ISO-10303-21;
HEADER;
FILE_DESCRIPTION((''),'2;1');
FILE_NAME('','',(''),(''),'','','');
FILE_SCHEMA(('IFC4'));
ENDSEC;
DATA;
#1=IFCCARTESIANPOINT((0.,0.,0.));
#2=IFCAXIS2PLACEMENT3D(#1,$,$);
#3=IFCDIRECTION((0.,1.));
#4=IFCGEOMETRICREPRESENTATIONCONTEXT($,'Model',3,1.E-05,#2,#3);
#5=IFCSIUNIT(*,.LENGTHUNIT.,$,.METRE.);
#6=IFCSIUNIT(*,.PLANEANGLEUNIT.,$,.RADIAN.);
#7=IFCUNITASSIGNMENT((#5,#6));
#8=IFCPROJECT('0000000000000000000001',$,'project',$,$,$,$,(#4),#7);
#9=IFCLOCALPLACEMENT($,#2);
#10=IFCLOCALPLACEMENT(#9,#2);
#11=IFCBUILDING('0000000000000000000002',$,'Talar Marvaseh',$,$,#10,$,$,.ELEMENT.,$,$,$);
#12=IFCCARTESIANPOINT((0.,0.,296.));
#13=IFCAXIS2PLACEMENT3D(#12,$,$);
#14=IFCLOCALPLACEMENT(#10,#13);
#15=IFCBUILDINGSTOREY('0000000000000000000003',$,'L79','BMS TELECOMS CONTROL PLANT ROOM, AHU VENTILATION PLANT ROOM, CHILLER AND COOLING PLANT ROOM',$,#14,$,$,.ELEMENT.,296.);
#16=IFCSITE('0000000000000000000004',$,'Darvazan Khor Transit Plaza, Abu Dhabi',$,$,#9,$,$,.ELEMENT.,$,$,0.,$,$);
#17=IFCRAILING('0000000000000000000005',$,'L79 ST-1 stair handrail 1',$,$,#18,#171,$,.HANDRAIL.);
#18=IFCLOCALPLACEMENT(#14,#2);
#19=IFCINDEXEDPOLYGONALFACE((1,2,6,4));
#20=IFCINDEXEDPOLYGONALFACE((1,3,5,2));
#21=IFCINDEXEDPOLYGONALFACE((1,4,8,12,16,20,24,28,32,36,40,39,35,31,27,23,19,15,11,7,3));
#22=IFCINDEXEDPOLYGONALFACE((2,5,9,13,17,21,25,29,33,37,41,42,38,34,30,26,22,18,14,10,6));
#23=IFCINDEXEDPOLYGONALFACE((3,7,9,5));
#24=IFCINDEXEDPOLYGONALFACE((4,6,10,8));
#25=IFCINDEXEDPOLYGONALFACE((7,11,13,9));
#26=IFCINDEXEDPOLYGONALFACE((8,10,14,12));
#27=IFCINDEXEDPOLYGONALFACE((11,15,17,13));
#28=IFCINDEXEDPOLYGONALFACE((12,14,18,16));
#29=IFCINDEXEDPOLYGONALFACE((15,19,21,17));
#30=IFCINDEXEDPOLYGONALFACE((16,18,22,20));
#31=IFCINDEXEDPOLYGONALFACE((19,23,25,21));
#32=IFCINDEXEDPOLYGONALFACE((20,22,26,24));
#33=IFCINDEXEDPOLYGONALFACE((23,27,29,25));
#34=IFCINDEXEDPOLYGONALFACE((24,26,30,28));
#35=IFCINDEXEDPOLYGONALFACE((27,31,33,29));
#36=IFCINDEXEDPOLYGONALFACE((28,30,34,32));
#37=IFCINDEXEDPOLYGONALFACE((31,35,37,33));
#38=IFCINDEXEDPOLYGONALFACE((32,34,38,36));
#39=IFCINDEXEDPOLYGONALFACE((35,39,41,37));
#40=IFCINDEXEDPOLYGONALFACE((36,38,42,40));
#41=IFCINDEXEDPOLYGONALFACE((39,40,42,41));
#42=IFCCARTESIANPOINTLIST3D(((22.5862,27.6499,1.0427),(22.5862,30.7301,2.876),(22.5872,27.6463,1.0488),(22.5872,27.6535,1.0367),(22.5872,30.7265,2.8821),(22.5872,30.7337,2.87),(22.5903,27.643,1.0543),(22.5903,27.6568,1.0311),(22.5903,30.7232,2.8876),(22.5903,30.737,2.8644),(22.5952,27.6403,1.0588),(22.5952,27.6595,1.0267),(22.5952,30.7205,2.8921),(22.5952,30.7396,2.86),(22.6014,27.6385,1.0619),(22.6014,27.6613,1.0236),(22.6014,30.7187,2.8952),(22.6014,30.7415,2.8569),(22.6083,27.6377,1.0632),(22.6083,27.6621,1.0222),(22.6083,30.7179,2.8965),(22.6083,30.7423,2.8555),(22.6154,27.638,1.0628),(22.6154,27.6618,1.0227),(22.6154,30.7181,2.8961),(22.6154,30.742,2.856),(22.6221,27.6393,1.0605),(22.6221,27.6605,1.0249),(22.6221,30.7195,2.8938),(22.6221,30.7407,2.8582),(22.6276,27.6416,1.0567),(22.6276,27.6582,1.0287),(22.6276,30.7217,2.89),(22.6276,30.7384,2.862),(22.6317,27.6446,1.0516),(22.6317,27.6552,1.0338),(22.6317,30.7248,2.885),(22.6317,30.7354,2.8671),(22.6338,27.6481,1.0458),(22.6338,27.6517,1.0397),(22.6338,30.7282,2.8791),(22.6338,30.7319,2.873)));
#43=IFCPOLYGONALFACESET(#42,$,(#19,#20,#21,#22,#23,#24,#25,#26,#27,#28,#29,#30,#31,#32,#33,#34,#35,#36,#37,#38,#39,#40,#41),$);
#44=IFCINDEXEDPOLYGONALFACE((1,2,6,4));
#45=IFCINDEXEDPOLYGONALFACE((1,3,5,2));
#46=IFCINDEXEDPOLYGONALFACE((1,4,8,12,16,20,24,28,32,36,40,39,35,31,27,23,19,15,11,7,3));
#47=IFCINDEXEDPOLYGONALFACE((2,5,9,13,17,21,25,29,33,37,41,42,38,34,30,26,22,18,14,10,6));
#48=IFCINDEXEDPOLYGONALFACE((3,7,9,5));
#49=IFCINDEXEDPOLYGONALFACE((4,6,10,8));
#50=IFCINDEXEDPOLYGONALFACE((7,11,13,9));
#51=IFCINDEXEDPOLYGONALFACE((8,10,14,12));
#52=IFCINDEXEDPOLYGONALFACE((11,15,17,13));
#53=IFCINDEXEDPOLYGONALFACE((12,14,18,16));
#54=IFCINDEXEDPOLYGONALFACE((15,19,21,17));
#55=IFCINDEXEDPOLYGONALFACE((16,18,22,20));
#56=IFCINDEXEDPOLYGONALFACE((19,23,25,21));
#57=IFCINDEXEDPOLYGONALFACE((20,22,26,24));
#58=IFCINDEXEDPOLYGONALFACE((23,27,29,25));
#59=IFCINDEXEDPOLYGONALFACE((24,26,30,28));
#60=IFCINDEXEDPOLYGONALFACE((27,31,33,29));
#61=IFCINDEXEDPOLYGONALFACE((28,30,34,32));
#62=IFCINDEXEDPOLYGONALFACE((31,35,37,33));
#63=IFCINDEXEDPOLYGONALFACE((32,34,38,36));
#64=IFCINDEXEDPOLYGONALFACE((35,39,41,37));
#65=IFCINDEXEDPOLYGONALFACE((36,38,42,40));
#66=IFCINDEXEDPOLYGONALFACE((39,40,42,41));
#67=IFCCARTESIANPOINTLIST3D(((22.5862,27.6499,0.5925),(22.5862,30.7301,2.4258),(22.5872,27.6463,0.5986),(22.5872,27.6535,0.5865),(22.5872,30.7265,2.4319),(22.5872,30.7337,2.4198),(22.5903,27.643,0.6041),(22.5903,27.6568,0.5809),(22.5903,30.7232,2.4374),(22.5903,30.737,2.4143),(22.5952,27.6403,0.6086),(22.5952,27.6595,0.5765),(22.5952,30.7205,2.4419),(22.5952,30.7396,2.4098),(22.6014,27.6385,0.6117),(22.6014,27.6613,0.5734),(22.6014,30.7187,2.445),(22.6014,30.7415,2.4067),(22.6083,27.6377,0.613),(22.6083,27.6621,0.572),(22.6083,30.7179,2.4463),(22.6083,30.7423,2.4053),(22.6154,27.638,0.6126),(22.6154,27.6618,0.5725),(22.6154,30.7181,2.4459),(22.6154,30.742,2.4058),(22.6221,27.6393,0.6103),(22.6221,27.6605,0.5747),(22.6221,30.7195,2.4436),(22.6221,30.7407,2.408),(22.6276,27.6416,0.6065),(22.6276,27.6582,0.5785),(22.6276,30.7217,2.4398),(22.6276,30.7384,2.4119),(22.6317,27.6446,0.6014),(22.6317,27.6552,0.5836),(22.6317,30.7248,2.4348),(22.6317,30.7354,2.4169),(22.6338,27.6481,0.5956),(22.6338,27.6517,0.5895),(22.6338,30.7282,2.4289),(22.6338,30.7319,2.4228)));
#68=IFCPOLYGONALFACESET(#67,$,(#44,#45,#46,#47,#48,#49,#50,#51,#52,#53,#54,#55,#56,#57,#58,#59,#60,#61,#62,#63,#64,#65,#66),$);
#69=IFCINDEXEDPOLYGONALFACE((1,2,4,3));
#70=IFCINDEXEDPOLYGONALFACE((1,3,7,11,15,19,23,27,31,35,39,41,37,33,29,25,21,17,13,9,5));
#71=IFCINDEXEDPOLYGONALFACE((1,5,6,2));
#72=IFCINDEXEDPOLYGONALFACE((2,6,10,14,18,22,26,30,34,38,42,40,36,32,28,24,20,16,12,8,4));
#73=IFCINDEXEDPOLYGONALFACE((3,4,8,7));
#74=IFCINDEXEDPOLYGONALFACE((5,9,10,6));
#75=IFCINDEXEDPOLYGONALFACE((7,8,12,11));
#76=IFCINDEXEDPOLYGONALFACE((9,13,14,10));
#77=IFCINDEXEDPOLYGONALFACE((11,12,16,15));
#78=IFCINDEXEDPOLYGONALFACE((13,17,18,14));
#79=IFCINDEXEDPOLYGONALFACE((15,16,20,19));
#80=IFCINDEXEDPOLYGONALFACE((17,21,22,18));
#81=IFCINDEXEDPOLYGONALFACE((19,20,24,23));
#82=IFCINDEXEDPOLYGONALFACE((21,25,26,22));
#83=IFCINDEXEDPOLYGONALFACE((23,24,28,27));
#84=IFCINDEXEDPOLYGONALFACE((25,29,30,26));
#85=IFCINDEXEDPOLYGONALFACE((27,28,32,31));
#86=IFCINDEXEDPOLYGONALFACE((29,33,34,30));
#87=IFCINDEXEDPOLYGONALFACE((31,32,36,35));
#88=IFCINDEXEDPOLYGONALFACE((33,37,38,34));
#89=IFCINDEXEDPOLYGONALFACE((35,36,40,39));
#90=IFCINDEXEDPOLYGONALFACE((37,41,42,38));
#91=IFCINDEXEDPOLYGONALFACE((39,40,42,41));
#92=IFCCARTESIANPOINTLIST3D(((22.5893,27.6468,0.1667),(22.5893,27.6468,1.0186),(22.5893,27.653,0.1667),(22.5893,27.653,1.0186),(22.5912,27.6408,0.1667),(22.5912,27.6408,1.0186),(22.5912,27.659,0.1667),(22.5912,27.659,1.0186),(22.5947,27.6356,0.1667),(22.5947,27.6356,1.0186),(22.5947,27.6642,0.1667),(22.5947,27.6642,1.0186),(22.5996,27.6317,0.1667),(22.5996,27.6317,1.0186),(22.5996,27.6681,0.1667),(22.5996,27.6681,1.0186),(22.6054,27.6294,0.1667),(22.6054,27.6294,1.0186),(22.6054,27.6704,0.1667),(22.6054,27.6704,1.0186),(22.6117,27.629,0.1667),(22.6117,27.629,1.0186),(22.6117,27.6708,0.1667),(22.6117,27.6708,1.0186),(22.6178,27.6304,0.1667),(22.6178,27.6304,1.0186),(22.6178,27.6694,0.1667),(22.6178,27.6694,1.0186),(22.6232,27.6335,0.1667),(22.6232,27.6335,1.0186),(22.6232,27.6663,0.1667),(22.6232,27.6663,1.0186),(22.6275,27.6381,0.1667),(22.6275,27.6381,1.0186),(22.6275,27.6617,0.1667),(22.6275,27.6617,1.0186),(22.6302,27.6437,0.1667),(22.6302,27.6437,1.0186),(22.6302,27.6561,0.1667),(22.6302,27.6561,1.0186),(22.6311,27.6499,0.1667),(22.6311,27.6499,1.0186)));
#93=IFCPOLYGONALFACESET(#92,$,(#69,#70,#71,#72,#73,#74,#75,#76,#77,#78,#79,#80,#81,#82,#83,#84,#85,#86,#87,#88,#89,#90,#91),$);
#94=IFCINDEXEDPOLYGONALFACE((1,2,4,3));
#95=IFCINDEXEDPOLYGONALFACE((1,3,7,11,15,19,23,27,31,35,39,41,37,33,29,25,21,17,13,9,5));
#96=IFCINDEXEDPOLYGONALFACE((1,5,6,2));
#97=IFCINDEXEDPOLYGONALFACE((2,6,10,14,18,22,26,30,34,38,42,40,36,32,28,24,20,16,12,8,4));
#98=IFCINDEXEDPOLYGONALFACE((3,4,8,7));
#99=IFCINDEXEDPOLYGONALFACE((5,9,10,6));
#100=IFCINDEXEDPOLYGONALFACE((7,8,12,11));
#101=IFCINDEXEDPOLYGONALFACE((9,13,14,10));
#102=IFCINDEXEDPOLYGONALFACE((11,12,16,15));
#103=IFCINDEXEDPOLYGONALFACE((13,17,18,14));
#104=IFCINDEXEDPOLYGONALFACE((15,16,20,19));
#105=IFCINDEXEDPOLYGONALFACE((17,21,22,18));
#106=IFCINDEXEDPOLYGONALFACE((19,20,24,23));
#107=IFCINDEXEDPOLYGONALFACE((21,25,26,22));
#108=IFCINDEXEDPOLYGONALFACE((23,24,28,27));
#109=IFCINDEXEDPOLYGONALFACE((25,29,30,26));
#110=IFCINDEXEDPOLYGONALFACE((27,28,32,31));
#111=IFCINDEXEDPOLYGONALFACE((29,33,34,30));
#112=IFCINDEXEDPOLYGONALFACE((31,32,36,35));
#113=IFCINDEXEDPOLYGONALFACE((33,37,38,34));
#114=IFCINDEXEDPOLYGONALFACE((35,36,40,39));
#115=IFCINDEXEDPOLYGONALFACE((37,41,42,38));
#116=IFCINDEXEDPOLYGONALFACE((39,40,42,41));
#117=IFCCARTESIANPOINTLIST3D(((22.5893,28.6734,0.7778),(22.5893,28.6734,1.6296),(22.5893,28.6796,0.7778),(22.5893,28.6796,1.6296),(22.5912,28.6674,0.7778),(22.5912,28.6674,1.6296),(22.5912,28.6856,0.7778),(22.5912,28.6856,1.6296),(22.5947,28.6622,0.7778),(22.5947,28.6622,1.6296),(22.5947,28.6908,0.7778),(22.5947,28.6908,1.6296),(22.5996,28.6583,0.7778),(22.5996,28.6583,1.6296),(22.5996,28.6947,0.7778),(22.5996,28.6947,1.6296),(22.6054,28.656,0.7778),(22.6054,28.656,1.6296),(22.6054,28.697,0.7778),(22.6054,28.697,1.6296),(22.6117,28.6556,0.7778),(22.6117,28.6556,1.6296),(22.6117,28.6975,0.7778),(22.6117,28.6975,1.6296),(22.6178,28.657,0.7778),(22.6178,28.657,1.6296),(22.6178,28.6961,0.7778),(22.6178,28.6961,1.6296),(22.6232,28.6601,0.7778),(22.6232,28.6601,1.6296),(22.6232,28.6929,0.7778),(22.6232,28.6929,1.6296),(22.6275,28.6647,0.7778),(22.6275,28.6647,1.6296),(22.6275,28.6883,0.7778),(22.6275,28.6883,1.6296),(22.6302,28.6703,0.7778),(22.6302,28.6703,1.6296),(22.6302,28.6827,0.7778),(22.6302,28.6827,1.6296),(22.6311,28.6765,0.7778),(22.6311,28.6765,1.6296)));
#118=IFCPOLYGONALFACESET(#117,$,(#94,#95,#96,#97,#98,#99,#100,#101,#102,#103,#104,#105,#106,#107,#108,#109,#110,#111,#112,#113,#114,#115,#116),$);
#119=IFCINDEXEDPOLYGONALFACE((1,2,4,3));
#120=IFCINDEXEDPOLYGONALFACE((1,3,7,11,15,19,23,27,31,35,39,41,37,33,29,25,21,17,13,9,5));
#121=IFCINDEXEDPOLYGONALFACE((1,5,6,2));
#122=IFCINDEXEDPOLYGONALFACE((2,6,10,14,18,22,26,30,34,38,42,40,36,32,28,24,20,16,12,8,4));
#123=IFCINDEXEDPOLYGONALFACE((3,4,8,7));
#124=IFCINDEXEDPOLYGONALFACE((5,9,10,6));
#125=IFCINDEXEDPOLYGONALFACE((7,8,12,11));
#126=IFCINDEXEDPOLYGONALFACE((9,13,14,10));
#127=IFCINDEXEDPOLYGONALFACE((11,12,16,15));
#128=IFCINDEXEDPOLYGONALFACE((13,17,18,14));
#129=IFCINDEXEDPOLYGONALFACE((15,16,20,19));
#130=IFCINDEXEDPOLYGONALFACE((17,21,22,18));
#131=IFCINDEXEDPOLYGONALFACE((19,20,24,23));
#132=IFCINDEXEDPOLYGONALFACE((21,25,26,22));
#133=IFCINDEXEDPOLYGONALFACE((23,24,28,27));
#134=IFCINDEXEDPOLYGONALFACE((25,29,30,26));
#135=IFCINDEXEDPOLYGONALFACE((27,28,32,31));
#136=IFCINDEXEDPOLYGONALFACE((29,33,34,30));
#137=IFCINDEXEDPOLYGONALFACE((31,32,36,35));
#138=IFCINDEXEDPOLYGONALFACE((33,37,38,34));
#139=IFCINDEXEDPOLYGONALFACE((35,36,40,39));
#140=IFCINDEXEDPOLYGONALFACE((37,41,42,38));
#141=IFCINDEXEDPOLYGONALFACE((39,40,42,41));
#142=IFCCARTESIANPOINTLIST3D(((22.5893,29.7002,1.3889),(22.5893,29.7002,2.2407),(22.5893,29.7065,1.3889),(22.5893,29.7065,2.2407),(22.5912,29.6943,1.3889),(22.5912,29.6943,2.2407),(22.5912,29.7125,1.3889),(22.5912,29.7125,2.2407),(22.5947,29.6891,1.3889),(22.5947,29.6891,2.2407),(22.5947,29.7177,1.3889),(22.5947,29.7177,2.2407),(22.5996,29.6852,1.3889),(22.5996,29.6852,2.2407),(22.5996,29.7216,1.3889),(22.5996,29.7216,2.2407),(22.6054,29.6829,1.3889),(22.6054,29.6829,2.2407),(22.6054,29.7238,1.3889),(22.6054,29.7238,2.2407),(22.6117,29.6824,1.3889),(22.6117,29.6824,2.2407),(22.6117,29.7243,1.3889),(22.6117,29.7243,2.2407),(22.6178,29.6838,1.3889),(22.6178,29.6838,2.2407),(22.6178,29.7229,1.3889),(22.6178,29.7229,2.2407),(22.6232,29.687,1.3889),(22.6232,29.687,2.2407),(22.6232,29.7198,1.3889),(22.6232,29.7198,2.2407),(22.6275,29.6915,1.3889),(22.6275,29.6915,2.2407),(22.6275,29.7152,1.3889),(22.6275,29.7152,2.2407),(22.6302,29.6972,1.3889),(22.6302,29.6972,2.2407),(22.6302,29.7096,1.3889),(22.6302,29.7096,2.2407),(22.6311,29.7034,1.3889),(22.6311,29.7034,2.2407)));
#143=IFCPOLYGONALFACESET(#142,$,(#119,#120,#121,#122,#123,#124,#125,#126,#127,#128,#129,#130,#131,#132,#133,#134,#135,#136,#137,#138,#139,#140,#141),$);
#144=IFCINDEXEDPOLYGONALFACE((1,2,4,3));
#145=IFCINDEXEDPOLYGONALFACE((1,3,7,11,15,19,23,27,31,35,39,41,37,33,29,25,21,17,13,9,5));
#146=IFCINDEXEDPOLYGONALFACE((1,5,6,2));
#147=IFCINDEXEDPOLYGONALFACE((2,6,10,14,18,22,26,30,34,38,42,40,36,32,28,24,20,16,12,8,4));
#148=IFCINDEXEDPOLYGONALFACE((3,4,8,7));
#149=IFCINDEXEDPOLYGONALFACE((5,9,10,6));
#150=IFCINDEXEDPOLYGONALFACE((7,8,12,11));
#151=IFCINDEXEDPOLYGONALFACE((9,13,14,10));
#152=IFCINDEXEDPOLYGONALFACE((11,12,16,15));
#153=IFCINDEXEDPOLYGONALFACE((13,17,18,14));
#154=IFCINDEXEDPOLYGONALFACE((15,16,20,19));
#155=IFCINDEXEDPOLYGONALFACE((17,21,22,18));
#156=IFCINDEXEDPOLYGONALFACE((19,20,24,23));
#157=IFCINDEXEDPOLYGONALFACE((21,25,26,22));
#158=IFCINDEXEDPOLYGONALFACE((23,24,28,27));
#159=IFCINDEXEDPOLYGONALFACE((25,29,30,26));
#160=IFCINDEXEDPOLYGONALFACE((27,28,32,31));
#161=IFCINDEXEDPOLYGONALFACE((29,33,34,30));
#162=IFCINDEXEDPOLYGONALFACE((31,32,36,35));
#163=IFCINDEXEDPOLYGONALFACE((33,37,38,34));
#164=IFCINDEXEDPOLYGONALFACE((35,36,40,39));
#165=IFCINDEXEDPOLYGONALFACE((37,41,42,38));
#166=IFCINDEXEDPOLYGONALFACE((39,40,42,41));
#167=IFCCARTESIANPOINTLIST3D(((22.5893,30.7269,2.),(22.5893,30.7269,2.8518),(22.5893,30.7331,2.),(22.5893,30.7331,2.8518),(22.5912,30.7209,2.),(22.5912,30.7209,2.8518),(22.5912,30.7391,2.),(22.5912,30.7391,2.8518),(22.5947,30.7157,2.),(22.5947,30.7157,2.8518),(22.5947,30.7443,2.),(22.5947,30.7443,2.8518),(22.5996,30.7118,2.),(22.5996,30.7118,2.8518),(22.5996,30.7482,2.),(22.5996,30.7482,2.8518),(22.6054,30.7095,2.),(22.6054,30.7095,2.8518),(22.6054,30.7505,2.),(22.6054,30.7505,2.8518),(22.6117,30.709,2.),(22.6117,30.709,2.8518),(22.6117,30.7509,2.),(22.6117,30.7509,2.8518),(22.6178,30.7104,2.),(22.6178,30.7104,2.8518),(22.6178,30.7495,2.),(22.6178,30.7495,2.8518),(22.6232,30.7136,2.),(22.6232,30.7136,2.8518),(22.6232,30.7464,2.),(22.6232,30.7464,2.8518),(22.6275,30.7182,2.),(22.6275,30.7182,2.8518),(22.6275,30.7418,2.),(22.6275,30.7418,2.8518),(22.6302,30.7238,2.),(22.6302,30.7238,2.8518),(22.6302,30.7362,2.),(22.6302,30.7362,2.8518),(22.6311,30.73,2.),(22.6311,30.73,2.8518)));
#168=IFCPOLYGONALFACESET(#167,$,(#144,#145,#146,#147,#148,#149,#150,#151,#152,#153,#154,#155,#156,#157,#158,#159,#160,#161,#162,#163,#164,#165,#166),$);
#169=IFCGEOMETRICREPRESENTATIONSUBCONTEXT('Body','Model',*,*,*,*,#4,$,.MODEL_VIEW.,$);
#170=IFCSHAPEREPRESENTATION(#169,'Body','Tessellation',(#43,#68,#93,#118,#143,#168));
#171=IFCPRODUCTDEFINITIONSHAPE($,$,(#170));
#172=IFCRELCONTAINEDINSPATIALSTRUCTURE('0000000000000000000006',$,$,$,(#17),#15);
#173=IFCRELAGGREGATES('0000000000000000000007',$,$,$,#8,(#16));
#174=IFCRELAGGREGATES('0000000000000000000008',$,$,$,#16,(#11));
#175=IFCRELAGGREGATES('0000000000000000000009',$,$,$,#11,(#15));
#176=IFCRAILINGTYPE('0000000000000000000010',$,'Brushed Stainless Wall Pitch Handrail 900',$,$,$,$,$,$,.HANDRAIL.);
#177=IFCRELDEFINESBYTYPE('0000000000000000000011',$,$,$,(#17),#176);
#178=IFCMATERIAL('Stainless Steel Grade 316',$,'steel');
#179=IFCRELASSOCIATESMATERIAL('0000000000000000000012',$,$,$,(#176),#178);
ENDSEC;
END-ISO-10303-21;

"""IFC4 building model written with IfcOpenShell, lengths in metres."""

from ifc_helpers import new_model, si_unit, direction, frame, origin, origin_2d, place, context, subcontext, project, spatial, circle, extrude, material, type_object, element, save


model = new_model("IFC4")

# Units and contexts
model_context = context("Model", 3, precision=1e-05, world=origin(), true_north=direction((0.0, 1.0)))
body_context = subcontext(model_context, "Body", "Model", "MODEL_VIEW")
ifc_project = project(units=[si_unit("LENGTHUNIT", "METRE"), si_unit("PLANEANGLEUNIT", "RADIAN")], contexts=[model_context])

# Site, building, storey
site_placement = place(None, origin())
site = spatial("IfcSite", under=ifc_project, at=site_placement, Name="Darvazan Khor Transit Plaza, Abu Dhabi", CompositionType="ELEMENT", RefElevation=0.0)
building_placement = place(site_placement, origin())
building = spatial("IfcBuilding", under=site, at=building_placement, Name="Talar Marvaseh", CompositionType="ELEMENT")
storey_placement = place(building_placement, frame((0.0, 0.0, 296.0)))
storey = spatial("IfcBuildingStorey", under=building, at=storey_placement, Name="L79", Description="BMS TELECOMS CONTROL PLANT ROOM, AHU VENTILATION PLANT ROOM, CHILLER AND COOLING PLANT ROOM", CompositionType="ELEMENT", Elevation=296.0)

# Shared definitions
ifc_material_1 = material(Name="Stainless Steel Grade 316", Category="steel")

# Railing
railing_type_1 = type_object("IfcRailingType", Name="Brushed Stainless Wall Pitch Handrail 900", PredefinedType="HANDRAIL", material=ifc_material_1)
railing_1_placement = place(storey_placement, frame((22.6101, 27.6499, 0.1667)))
element("IfcRailing", 1, at=railing_1_placement, inside=storey, type_object=railing_type_1, Name="L79 ST-1 stair handrail 1", PredefinedType="HANDRAIL", context=body_context, shape_type="SweptSolid", body=[
    extrude(circle(Radius=0.0239, at=origin_2d()), frame((0.0, 0.0, 0.876), z_axis=(0.0, 0.859309, 0.511458), x_axis=(-1.0, 0.0, 0.0)), (0.0, 0.0, 1.0), 3.5845),
    extrude(circle(Radius=0.0239, at=origin_2d()), frame((0.0, 0.0, 0.4258), z_axis=(0.0, 0.859309, 0.511458), x_axis=(-1.0, 0.0, 0.0)), (0.0, 0.0, 1.0), 3.5845),
    extrude(circle(Radius=0.021, at=origin_2d()), origin(), (0.0, 0.0, 1.0), 0.8518),
    extrude(circle(Radius=0.021, at=origin_2d()), frame((0.0, 1.0266, 0.6111)), (0.0, 0.0, 1.0), 0.8518),
    extrude(circle(Radius=0.021, at=origin_2d()), frame((0.0, 2.0535, 1.2222)), (0.0, 0.0, 1.0), 0.8518),
    extrude(circle(Radius=0.021, at=origin_2d()), frame((0.0, 3.0801, 1.8333)), (0.0, 0.0, 1.0), 0.8518),
])

save(model, "model.ifc")
